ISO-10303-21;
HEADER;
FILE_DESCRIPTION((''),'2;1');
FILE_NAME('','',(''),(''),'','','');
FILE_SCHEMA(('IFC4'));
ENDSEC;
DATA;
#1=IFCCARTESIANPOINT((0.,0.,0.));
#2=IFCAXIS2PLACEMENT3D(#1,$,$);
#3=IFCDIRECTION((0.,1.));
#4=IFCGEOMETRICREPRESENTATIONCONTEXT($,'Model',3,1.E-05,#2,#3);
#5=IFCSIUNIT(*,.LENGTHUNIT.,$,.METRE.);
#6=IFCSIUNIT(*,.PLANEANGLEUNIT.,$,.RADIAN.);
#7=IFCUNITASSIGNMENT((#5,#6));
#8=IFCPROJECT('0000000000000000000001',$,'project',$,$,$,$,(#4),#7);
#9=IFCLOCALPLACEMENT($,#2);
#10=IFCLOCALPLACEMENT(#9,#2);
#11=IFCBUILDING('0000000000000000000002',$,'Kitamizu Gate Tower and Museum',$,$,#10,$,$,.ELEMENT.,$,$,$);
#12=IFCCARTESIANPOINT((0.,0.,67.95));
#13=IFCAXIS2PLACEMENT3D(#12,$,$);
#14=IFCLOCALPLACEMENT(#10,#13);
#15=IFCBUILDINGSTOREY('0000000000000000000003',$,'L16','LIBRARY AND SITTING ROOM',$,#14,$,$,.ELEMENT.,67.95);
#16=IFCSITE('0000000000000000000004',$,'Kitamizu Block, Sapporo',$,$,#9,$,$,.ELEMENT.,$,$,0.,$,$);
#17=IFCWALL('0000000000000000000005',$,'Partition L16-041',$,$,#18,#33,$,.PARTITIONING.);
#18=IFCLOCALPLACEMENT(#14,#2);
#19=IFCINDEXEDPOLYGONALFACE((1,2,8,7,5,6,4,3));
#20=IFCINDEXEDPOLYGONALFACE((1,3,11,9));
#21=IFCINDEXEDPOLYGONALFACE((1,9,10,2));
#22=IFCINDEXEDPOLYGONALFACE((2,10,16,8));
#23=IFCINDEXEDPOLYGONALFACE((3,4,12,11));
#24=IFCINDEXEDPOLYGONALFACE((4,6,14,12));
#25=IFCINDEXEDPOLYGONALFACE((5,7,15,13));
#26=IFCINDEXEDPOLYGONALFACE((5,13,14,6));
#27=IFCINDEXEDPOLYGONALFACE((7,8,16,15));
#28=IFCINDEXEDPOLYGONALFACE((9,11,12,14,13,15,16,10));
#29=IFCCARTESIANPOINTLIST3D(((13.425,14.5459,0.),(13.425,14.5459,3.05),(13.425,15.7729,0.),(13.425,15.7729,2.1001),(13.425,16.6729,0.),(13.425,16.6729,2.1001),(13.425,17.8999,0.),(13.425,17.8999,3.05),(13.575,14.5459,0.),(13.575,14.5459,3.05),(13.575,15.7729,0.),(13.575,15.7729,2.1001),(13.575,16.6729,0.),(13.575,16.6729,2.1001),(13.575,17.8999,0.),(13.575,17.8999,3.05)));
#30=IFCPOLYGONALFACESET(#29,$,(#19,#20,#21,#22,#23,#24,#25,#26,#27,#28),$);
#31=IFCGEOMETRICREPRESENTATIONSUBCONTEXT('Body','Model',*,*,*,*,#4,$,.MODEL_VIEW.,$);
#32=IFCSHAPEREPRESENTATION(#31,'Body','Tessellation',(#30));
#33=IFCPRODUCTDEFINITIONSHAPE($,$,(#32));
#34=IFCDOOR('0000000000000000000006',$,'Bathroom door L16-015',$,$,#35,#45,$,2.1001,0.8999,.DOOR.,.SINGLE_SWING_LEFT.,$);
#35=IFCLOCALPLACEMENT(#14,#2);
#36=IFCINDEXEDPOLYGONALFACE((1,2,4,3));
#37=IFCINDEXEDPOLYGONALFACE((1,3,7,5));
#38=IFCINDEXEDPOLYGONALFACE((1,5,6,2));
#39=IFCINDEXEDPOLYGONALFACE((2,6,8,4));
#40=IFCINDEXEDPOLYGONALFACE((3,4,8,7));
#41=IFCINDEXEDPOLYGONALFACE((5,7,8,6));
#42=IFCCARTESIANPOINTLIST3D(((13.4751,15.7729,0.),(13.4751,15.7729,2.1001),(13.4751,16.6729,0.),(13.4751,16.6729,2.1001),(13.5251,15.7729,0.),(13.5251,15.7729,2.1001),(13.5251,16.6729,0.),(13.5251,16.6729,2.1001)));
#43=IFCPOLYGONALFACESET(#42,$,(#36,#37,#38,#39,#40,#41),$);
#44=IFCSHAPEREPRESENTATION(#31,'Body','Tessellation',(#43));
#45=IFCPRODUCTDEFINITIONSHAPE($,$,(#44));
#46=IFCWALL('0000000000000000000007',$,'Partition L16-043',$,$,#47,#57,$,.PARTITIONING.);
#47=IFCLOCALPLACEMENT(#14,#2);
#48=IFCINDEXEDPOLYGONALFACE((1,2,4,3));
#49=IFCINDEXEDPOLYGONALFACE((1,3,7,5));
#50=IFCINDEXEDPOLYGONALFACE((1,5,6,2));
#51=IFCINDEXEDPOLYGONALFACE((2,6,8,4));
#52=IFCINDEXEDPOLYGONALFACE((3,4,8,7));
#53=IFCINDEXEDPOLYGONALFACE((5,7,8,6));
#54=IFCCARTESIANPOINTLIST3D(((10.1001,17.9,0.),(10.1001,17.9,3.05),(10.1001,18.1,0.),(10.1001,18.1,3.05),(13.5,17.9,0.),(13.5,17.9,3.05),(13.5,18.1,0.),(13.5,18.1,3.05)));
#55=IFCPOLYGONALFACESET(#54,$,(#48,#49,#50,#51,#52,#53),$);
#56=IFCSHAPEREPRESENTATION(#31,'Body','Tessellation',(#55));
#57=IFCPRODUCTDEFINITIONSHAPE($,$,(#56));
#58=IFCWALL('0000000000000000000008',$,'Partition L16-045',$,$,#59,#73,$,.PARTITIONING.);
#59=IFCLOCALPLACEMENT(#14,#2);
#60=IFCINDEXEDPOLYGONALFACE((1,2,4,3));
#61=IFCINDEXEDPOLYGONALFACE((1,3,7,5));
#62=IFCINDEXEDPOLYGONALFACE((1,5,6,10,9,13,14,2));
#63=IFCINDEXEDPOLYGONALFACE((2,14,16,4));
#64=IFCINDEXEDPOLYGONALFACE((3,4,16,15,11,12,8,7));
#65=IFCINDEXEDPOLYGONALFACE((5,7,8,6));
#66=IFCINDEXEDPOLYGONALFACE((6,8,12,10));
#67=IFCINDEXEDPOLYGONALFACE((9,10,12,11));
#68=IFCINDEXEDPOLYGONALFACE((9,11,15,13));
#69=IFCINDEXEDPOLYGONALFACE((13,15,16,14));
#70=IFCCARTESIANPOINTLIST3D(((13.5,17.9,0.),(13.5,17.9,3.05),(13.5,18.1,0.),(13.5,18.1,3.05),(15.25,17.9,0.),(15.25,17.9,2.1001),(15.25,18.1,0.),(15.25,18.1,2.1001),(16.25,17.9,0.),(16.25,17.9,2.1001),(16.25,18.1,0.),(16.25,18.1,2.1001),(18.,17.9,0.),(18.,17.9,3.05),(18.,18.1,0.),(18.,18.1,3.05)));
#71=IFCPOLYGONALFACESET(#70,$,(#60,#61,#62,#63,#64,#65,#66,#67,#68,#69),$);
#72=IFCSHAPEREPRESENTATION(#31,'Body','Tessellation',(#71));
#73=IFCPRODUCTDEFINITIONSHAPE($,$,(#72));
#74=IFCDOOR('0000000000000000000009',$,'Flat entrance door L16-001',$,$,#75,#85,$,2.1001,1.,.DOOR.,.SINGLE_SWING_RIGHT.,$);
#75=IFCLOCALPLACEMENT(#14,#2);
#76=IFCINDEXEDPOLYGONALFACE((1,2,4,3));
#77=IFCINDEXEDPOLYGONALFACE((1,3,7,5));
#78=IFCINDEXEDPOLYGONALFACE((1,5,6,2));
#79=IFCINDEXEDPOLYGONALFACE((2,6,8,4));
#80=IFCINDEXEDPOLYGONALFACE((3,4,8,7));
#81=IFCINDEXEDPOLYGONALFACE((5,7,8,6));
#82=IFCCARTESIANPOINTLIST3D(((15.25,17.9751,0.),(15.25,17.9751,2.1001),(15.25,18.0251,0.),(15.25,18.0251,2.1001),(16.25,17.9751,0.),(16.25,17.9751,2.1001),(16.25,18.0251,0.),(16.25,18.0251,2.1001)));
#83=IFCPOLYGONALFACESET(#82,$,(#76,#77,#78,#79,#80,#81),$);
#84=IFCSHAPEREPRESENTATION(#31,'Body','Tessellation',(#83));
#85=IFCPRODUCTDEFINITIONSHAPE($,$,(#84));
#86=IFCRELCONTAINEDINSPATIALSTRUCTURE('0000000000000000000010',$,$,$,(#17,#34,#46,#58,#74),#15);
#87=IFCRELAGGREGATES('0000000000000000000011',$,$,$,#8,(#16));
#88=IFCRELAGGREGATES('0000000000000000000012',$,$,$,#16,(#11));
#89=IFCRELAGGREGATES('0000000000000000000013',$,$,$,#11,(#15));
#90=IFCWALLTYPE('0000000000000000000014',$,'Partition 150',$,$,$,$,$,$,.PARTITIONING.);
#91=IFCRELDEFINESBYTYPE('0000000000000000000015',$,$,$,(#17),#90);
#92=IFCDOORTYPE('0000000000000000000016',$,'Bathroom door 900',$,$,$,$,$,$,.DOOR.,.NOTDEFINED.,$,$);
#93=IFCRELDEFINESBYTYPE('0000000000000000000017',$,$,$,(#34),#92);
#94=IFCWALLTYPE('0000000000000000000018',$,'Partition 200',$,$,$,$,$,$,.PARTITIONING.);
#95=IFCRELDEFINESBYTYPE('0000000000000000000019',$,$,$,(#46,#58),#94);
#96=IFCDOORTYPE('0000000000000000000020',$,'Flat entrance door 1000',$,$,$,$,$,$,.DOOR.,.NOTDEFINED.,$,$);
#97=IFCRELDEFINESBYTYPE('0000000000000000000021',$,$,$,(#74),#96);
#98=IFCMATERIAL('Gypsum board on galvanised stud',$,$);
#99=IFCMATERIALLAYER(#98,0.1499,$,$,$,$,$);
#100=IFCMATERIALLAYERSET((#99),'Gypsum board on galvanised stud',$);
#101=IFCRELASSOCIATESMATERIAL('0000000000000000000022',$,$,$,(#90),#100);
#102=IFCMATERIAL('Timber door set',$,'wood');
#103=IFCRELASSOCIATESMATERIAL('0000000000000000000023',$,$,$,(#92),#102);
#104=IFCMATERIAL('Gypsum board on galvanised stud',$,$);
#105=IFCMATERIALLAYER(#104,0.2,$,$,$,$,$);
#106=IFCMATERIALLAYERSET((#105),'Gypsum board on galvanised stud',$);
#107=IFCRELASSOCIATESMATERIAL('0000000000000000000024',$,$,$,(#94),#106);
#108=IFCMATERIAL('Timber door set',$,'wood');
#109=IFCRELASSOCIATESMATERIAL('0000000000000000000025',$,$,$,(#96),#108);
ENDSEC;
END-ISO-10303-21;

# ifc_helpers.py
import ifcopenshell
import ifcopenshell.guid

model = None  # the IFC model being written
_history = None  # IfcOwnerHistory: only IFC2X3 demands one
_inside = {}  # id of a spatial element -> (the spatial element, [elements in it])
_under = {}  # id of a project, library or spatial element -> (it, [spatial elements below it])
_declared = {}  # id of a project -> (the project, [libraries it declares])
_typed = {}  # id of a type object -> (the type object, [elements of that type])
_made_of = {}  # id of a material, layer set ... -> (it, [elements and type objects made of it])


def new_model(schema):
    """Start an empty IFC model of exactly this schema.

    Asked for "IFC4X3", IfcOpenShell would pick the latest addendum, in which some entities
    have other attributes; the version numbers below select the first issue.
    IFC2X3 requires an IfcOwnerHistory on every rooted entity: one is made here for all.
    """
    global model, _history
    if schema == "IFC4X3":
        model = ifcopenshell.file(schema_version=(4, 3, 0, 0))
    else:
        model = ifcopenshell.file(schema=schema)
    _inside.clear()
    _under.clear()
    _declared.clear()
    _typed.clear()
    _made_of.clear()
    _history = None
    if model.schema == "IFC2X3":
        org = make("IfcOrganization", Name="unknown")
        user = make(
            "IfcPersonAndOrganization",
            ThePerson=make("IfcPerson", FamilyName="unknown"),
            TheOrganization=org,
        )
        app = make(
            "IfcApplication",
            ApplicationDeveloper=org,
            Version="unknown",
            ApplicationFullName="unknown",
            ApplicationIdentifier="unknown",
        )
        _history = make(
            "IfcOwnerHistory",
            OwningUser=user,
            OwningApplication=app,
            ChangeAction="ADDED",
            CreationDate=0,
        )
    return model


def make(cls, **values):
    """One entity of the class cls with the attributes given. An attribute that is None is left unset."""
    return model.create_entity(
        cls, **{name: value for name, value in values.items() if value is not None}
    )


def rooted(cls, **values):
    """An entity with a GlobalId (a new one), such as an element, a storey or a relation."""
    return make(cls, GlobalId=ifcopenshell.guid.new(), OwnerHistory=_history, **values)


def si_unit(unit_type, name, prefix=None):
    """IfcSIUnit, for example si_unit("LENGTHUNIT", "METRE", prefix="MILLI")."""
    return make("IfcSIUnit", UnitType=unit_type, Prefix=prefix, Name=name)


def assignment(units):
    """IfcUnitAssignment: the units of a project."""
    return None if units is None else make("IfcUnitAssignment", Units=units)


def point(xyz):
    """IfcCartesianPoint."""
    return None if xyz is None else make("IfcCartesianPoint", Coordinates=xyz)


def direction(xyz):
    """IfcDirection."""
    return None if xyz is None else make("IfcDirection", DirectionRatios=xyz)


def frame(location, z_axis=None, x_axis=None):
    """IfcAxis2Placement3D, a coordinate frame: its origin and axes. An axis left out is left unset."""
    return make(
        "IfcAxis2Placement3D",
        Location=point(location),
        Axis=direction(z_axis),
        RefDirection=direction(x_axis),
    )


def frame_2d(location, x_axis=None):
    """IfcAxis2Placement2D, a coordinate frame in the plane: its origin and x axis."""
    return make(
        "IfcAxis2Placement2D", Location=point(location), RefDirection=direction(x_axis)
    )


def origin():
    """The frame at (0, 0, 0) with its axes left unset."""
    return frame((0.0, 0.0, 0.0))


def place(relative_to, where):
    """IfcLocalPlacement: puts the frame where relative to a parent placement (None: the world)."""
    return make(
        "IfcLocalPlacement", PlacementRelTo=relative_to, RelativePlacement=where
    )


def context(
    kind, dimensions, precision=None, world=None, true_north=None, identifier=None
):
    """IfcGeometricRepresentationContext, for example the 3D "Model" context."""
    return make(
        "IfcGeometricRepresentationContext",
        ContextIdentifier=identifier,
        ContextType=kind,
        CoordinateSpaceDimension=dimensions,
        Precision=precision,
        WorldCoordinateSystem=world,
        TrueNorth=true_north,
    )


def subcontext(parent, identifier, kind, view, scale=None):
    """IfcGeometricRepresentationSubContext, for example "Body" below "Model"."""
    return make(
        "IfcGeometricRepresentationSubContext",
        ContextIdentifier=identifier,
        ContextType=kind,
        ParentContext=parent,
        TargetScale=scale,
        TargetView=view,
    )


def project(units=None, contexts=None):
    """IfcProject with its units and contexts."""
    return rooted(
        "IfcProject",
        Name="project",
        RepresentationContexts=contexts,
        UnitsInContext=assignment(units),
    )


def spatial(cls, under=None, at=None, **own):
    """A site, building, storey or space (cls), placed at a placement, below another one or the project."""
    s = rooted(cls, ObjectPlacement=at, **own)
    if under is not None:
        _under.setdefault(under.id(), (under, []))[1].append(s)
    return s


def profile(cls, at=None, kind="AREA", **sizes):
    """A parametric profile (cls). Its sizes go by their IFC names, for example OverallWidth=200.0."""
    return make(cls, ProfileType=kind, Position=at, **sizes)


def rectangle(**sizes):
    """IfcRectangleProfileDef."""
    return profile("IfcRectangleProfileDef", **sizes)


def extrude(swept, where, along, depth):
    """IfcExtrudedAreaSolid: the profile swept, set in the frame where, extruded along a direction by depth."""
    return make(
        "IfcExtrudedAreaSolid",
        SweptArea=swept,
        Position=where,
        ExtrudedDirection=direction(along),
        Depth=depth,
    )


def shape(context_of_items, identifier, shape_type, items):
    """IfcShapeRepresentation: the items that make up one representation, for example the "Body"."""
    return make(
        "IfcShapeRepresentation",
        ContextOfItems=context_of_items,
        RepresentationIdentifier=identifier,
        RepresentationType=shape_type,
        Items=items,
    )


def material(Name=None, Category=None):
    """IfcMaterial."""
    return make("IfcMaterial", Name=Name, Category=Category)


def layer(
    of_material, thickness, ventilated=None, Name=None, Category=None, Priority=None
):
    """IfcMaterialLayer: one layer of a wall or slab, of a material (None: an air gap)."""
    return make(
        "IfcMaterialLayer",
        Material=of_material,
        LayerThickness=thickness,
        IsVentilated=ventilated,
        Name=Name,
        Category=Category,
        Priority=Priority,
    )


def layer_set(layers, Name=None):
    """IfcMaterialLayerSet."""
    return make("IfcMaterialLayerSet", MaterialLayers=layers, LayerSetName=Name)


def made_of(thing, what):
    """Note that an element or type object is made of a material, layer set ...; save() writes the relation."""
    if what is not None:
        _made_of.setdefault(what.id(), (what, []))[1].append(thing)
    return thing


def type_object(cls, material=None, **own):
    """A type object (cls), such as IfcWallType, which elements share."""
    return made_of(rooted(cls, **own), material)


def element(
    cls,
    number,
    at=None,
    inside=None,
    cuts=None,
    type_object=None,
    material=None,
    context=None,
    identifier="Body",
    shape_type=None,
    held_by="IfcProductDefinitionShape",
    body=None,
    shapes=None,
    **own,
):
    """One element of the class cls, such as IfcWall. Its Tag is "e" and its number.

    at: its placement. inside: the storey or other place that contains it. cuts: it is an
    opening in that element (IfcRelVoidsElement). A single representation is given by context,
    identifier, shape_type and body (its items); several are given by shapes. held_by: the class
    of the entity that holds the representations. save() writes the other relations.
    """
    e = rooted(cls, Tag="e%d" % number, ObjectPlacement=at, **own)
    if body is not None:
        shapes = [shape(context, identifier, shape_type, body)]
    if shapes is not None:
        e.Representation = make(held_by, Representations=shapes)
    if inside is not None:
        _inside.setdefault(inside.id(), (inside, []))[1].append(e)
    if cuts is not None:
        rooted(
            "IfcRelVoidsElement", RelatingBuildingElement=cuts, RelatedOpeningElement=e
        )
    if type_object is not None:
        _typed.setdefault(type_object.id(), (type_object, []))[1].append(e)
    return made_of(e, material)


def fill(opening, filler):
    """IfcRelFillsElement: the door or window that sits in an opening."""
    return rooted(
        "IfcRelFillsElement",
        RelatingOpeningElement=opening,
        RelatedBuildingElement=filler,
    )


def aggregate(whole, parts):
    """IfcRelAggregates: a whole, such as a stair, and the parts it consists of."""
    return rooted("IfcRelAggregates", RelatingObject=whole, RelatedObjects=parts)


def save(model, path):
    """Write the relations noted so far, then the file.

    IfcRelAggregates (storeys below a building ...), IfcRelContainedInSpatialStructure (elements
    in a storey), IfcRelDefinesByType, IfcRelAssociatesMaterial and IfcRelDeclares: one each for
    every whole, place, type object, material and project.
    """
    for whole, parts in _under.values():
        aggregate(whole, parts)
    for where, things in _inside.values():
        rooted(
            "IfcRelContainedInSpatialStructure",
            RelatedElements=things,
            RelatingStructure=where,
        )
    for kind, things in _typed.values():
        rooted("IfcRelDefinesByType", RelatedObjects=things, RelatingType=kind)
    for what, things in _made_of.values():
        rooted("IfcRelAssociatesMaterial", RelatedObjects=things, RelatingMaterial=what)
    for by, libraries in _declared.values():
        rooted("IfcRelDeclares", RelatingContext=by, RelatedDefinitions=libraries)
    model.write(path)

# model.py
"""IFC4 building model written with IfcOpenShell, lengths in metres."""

from ifc_helpers import new_model, si_unit, direction, frame, frame_2d, origin, place, context, subcontext, project, spatial, rectangle, extrude, material, layer, layer_set, type_object, element, fill, save


model = new_model("IFC4")

# Units and contexts
model_context = context("Model", 3, precision=1e-05, world=origin(), true_north=direction((0.0, 1.0)))
body_context = subcontext(model_context, "Body", "Model", "MODEL_VIEW")
ifc_project = project(units=[si_unit("LENGTHUNIT", "METRE"), si_unit("PLANEANGLEUNIT", "RADIAN")], contexts=[model_context])

# Site, building, storey
site_placement = place(None, origin())
site = spatial("IfcSite", under=ifc_project, at=site_placement, Name="Kitamizu Block, Sapporo", CompositionType="ELEMENT", RefElevation=0.0)
building_placement = place(site_placement, origin())
building = spatial("IfcBuilding", under=site, at=building_placement, Name="Kitamizu Gate Tower and Museum", CompositionType="ELEMENT")
storey_placement = place(building_placement, frame((0.0, 0.0, 67.95)))
storey = spatial("IfcBuildingStorey", under=building, at=storey_placement, Name="L16", Description="LIBRARY AND SITTING ROOM", CompositionType="ELEMENT", Elevation=67.95)

# Shared definitions
ifc_material_1 = material(Name="Gypsum board on galvanised stud")
ifc_layer_1 = layer(ifc_material_1, 0.1499)
ifc_layer_set_1 = layer_set([ifc_layer_1], Name="Gypsum board on galvanised stud")
wall_type_1 = type_object("IfcWallType", Name="Partition 150", PredefinedType="PARTITIONING", material=ifc_layer_set_1)

# Wall, opening, door
wall_1_placement = place(storey_placement, frame((13.5, 14.5459, 0.0), z_axis=(0.0, 0.0, 1.0), x_axis=(0.0, 1.0, 0.0)))
wall_1 = element("IfcWall", 1, at=wall_1_placement, inside=storey, type_object=wall_type_1, Name="Partition L16-041", PredefinedType="PARTITIONING", context=body_context, shape_type="SweptSolid", body=[
    extrude(rectangle(XDim=3.354, YDim=0.1499, at=frame_2d((1.677, 0.0))), origin(), (0.0, 0.0, 1.0), 3.05),
])
opening_1_placement = place(wall_1_placement, frame((1.2271, 0.0, 0.0)))
opening_1 = element("IfcOpeningElement", 2, at=opening_1_placement, cuts=wall_1, PredefinedType="OPENING", context=body_context, shape_type="SweptSolid", body=[
    extrude(rectangle(XDim=0.8999, YDim=2.1001, at=frame_2d((0.45, 1.05))), frame((0.0, 0.085, 0.0), z_axis=(0.0, -1.0, 0.0), x_axis=(1.0, 0.0, 0.0)), (0.0, 0.0, 1.0), 0.1699),
])
ifc_material_2 = material(Name="Timber door set", Category="wood")
door_type_1 = type_object("IfcDoorType", Name="Bathroom door 900", OperationType="NOTDEFINED", PredefinedType="DOOR", material=ifc_material_2)
door_1_placement = place(opening_1_placement, origin())
door_1 = element("IfcDoor", 3, at=door_1_placement, inside=storey, type_object=door_type_1, Name="Bathroom door L16-015", OperationType="SINGLE_SWING_LEFT", OverallHeight=2.1001, OverallWidth=0.8999, PredefinedType="DOOR", context=body_context, shape_type="SweptSolid", body=[
    extrude(rectangle(XDim=0.8999, YDim=2.1001, at=frame_2d((0.45, 1.05))), frame((0.0, 0.0249, 0.0), z_axis=(0.0, -1.0, 0.0), x_axis=(1.0, 0.0, 0.0)), (0.0, 0.0, 1.0), 0.05),
])
fill(opening_1, door_1)

# Wall
ifc_material_3 = material(Name="Gypsum board on galvanised stud")
ifc_layer_2 = layer(ifc_material_3, 0.2)
ifc_layer_set_2 = layer_set([ifc_layer_2], Name="Gypsum board on galvanised stud")
wall_type_2 = type_object("IfcWallType", Name="Partition 200", PredefinedType="PARTITIONING", material=ifc_layer_set_2)
wall_2_placement = place(storey_placement, frame((13.5, 18.0, 0.0), z_axis=(0.0, 0.0, 1.0), x_axis=(-1.0, 0.0, 0.0)))
element("IfcWall", 4, at=wall_2_placement, inside=storey, type_object=wall_type_2, Name="Partition L16-043", PredefinedType="PARTITIONING", context=body_context, shape_type="SweptSolid", body=[
    extrude(rectangle(XDim=3.3999, YDim=0.2, at=frame_2d((1.7, 0.0))), origin(), (0.0, 0.0, 1.0), 3.05),
])

# Wall, opening, door
wall_3_placement = place(storey_placement, frame((18.0, 18.0, 0.0), z_axis=(0.0, 0.0, 1.0), x_axis=(-1.0, 0.0, 0.0)))
wall_3 = element("IfcWall", 5, at=wall_3_placement, inside=storey, type_object=wall_type_2, Name="Partition L16-045", PredefinedType="PARTITIONING", context=body_context, shape_type="SweptSolid", body=[
    extrude(rectangle(XDim=4.5, YDim=0.2, at=frame_2d((2.25, 0.0))), origin(), (0.0, 0.0, 1.0), 3.05),
])
opening_2_placement = place(wall_3_placement, frame((1.75, 0.0, 0.0)))
opening_2 = element("IfcOpeningElement", 6, at=opening_2_placement, cuts=wall_3, PredefinedType="OPENING", context=body_context, shape_type="SweptSolid", body=[
    extrude(rectangle(XDim=1.0, YDim=2.1001, at=frame_2d((0.5, 1.05))), frame((0.0, 0.1099, 0.0), z_axis=(0.0, -1.0, 0.0), x_axis=(1.0, 0.0, 0.0)), (0.0, 0.0, 1.0), 0.22),
])
ifc_material_4 = material(Name="Timber door set", Category="wood")
door_type_2 = type_object("IfcDoorType", Name="Flat entrance door 1000", OperationType="NOTDEFINED", PredefinedType="DOOR", material=ifc_material_4)
door_2_placement = place(opening_2_placement, origin())
door_2 = element("IfcDoor", 7, at=door_2_placement, inside=storey, type_object=door_type_2, Name="Flat entrance door L16-001", OperationType="SINGLE_SWING_RIGHT", OverallHeight=2.1001, OverallWidth=1.0, PredefinedType="DOOR", context=body_context, shape_type="SweptSolid", body=[
    extrude(rectangle(XDim=1.0, YDim=2.1001, at=frame_2d((0.5, 1.05))), frame((0.0, 0.0249, 0.0), z_axis=(0.0, -1.0, 0.0), x_axis=(1.0, 0.0, 0.0)), (0.0, 0.0, 1.0), 0.05),
])
fill(opening_2, door_2)

save(model, "model.ifc")
